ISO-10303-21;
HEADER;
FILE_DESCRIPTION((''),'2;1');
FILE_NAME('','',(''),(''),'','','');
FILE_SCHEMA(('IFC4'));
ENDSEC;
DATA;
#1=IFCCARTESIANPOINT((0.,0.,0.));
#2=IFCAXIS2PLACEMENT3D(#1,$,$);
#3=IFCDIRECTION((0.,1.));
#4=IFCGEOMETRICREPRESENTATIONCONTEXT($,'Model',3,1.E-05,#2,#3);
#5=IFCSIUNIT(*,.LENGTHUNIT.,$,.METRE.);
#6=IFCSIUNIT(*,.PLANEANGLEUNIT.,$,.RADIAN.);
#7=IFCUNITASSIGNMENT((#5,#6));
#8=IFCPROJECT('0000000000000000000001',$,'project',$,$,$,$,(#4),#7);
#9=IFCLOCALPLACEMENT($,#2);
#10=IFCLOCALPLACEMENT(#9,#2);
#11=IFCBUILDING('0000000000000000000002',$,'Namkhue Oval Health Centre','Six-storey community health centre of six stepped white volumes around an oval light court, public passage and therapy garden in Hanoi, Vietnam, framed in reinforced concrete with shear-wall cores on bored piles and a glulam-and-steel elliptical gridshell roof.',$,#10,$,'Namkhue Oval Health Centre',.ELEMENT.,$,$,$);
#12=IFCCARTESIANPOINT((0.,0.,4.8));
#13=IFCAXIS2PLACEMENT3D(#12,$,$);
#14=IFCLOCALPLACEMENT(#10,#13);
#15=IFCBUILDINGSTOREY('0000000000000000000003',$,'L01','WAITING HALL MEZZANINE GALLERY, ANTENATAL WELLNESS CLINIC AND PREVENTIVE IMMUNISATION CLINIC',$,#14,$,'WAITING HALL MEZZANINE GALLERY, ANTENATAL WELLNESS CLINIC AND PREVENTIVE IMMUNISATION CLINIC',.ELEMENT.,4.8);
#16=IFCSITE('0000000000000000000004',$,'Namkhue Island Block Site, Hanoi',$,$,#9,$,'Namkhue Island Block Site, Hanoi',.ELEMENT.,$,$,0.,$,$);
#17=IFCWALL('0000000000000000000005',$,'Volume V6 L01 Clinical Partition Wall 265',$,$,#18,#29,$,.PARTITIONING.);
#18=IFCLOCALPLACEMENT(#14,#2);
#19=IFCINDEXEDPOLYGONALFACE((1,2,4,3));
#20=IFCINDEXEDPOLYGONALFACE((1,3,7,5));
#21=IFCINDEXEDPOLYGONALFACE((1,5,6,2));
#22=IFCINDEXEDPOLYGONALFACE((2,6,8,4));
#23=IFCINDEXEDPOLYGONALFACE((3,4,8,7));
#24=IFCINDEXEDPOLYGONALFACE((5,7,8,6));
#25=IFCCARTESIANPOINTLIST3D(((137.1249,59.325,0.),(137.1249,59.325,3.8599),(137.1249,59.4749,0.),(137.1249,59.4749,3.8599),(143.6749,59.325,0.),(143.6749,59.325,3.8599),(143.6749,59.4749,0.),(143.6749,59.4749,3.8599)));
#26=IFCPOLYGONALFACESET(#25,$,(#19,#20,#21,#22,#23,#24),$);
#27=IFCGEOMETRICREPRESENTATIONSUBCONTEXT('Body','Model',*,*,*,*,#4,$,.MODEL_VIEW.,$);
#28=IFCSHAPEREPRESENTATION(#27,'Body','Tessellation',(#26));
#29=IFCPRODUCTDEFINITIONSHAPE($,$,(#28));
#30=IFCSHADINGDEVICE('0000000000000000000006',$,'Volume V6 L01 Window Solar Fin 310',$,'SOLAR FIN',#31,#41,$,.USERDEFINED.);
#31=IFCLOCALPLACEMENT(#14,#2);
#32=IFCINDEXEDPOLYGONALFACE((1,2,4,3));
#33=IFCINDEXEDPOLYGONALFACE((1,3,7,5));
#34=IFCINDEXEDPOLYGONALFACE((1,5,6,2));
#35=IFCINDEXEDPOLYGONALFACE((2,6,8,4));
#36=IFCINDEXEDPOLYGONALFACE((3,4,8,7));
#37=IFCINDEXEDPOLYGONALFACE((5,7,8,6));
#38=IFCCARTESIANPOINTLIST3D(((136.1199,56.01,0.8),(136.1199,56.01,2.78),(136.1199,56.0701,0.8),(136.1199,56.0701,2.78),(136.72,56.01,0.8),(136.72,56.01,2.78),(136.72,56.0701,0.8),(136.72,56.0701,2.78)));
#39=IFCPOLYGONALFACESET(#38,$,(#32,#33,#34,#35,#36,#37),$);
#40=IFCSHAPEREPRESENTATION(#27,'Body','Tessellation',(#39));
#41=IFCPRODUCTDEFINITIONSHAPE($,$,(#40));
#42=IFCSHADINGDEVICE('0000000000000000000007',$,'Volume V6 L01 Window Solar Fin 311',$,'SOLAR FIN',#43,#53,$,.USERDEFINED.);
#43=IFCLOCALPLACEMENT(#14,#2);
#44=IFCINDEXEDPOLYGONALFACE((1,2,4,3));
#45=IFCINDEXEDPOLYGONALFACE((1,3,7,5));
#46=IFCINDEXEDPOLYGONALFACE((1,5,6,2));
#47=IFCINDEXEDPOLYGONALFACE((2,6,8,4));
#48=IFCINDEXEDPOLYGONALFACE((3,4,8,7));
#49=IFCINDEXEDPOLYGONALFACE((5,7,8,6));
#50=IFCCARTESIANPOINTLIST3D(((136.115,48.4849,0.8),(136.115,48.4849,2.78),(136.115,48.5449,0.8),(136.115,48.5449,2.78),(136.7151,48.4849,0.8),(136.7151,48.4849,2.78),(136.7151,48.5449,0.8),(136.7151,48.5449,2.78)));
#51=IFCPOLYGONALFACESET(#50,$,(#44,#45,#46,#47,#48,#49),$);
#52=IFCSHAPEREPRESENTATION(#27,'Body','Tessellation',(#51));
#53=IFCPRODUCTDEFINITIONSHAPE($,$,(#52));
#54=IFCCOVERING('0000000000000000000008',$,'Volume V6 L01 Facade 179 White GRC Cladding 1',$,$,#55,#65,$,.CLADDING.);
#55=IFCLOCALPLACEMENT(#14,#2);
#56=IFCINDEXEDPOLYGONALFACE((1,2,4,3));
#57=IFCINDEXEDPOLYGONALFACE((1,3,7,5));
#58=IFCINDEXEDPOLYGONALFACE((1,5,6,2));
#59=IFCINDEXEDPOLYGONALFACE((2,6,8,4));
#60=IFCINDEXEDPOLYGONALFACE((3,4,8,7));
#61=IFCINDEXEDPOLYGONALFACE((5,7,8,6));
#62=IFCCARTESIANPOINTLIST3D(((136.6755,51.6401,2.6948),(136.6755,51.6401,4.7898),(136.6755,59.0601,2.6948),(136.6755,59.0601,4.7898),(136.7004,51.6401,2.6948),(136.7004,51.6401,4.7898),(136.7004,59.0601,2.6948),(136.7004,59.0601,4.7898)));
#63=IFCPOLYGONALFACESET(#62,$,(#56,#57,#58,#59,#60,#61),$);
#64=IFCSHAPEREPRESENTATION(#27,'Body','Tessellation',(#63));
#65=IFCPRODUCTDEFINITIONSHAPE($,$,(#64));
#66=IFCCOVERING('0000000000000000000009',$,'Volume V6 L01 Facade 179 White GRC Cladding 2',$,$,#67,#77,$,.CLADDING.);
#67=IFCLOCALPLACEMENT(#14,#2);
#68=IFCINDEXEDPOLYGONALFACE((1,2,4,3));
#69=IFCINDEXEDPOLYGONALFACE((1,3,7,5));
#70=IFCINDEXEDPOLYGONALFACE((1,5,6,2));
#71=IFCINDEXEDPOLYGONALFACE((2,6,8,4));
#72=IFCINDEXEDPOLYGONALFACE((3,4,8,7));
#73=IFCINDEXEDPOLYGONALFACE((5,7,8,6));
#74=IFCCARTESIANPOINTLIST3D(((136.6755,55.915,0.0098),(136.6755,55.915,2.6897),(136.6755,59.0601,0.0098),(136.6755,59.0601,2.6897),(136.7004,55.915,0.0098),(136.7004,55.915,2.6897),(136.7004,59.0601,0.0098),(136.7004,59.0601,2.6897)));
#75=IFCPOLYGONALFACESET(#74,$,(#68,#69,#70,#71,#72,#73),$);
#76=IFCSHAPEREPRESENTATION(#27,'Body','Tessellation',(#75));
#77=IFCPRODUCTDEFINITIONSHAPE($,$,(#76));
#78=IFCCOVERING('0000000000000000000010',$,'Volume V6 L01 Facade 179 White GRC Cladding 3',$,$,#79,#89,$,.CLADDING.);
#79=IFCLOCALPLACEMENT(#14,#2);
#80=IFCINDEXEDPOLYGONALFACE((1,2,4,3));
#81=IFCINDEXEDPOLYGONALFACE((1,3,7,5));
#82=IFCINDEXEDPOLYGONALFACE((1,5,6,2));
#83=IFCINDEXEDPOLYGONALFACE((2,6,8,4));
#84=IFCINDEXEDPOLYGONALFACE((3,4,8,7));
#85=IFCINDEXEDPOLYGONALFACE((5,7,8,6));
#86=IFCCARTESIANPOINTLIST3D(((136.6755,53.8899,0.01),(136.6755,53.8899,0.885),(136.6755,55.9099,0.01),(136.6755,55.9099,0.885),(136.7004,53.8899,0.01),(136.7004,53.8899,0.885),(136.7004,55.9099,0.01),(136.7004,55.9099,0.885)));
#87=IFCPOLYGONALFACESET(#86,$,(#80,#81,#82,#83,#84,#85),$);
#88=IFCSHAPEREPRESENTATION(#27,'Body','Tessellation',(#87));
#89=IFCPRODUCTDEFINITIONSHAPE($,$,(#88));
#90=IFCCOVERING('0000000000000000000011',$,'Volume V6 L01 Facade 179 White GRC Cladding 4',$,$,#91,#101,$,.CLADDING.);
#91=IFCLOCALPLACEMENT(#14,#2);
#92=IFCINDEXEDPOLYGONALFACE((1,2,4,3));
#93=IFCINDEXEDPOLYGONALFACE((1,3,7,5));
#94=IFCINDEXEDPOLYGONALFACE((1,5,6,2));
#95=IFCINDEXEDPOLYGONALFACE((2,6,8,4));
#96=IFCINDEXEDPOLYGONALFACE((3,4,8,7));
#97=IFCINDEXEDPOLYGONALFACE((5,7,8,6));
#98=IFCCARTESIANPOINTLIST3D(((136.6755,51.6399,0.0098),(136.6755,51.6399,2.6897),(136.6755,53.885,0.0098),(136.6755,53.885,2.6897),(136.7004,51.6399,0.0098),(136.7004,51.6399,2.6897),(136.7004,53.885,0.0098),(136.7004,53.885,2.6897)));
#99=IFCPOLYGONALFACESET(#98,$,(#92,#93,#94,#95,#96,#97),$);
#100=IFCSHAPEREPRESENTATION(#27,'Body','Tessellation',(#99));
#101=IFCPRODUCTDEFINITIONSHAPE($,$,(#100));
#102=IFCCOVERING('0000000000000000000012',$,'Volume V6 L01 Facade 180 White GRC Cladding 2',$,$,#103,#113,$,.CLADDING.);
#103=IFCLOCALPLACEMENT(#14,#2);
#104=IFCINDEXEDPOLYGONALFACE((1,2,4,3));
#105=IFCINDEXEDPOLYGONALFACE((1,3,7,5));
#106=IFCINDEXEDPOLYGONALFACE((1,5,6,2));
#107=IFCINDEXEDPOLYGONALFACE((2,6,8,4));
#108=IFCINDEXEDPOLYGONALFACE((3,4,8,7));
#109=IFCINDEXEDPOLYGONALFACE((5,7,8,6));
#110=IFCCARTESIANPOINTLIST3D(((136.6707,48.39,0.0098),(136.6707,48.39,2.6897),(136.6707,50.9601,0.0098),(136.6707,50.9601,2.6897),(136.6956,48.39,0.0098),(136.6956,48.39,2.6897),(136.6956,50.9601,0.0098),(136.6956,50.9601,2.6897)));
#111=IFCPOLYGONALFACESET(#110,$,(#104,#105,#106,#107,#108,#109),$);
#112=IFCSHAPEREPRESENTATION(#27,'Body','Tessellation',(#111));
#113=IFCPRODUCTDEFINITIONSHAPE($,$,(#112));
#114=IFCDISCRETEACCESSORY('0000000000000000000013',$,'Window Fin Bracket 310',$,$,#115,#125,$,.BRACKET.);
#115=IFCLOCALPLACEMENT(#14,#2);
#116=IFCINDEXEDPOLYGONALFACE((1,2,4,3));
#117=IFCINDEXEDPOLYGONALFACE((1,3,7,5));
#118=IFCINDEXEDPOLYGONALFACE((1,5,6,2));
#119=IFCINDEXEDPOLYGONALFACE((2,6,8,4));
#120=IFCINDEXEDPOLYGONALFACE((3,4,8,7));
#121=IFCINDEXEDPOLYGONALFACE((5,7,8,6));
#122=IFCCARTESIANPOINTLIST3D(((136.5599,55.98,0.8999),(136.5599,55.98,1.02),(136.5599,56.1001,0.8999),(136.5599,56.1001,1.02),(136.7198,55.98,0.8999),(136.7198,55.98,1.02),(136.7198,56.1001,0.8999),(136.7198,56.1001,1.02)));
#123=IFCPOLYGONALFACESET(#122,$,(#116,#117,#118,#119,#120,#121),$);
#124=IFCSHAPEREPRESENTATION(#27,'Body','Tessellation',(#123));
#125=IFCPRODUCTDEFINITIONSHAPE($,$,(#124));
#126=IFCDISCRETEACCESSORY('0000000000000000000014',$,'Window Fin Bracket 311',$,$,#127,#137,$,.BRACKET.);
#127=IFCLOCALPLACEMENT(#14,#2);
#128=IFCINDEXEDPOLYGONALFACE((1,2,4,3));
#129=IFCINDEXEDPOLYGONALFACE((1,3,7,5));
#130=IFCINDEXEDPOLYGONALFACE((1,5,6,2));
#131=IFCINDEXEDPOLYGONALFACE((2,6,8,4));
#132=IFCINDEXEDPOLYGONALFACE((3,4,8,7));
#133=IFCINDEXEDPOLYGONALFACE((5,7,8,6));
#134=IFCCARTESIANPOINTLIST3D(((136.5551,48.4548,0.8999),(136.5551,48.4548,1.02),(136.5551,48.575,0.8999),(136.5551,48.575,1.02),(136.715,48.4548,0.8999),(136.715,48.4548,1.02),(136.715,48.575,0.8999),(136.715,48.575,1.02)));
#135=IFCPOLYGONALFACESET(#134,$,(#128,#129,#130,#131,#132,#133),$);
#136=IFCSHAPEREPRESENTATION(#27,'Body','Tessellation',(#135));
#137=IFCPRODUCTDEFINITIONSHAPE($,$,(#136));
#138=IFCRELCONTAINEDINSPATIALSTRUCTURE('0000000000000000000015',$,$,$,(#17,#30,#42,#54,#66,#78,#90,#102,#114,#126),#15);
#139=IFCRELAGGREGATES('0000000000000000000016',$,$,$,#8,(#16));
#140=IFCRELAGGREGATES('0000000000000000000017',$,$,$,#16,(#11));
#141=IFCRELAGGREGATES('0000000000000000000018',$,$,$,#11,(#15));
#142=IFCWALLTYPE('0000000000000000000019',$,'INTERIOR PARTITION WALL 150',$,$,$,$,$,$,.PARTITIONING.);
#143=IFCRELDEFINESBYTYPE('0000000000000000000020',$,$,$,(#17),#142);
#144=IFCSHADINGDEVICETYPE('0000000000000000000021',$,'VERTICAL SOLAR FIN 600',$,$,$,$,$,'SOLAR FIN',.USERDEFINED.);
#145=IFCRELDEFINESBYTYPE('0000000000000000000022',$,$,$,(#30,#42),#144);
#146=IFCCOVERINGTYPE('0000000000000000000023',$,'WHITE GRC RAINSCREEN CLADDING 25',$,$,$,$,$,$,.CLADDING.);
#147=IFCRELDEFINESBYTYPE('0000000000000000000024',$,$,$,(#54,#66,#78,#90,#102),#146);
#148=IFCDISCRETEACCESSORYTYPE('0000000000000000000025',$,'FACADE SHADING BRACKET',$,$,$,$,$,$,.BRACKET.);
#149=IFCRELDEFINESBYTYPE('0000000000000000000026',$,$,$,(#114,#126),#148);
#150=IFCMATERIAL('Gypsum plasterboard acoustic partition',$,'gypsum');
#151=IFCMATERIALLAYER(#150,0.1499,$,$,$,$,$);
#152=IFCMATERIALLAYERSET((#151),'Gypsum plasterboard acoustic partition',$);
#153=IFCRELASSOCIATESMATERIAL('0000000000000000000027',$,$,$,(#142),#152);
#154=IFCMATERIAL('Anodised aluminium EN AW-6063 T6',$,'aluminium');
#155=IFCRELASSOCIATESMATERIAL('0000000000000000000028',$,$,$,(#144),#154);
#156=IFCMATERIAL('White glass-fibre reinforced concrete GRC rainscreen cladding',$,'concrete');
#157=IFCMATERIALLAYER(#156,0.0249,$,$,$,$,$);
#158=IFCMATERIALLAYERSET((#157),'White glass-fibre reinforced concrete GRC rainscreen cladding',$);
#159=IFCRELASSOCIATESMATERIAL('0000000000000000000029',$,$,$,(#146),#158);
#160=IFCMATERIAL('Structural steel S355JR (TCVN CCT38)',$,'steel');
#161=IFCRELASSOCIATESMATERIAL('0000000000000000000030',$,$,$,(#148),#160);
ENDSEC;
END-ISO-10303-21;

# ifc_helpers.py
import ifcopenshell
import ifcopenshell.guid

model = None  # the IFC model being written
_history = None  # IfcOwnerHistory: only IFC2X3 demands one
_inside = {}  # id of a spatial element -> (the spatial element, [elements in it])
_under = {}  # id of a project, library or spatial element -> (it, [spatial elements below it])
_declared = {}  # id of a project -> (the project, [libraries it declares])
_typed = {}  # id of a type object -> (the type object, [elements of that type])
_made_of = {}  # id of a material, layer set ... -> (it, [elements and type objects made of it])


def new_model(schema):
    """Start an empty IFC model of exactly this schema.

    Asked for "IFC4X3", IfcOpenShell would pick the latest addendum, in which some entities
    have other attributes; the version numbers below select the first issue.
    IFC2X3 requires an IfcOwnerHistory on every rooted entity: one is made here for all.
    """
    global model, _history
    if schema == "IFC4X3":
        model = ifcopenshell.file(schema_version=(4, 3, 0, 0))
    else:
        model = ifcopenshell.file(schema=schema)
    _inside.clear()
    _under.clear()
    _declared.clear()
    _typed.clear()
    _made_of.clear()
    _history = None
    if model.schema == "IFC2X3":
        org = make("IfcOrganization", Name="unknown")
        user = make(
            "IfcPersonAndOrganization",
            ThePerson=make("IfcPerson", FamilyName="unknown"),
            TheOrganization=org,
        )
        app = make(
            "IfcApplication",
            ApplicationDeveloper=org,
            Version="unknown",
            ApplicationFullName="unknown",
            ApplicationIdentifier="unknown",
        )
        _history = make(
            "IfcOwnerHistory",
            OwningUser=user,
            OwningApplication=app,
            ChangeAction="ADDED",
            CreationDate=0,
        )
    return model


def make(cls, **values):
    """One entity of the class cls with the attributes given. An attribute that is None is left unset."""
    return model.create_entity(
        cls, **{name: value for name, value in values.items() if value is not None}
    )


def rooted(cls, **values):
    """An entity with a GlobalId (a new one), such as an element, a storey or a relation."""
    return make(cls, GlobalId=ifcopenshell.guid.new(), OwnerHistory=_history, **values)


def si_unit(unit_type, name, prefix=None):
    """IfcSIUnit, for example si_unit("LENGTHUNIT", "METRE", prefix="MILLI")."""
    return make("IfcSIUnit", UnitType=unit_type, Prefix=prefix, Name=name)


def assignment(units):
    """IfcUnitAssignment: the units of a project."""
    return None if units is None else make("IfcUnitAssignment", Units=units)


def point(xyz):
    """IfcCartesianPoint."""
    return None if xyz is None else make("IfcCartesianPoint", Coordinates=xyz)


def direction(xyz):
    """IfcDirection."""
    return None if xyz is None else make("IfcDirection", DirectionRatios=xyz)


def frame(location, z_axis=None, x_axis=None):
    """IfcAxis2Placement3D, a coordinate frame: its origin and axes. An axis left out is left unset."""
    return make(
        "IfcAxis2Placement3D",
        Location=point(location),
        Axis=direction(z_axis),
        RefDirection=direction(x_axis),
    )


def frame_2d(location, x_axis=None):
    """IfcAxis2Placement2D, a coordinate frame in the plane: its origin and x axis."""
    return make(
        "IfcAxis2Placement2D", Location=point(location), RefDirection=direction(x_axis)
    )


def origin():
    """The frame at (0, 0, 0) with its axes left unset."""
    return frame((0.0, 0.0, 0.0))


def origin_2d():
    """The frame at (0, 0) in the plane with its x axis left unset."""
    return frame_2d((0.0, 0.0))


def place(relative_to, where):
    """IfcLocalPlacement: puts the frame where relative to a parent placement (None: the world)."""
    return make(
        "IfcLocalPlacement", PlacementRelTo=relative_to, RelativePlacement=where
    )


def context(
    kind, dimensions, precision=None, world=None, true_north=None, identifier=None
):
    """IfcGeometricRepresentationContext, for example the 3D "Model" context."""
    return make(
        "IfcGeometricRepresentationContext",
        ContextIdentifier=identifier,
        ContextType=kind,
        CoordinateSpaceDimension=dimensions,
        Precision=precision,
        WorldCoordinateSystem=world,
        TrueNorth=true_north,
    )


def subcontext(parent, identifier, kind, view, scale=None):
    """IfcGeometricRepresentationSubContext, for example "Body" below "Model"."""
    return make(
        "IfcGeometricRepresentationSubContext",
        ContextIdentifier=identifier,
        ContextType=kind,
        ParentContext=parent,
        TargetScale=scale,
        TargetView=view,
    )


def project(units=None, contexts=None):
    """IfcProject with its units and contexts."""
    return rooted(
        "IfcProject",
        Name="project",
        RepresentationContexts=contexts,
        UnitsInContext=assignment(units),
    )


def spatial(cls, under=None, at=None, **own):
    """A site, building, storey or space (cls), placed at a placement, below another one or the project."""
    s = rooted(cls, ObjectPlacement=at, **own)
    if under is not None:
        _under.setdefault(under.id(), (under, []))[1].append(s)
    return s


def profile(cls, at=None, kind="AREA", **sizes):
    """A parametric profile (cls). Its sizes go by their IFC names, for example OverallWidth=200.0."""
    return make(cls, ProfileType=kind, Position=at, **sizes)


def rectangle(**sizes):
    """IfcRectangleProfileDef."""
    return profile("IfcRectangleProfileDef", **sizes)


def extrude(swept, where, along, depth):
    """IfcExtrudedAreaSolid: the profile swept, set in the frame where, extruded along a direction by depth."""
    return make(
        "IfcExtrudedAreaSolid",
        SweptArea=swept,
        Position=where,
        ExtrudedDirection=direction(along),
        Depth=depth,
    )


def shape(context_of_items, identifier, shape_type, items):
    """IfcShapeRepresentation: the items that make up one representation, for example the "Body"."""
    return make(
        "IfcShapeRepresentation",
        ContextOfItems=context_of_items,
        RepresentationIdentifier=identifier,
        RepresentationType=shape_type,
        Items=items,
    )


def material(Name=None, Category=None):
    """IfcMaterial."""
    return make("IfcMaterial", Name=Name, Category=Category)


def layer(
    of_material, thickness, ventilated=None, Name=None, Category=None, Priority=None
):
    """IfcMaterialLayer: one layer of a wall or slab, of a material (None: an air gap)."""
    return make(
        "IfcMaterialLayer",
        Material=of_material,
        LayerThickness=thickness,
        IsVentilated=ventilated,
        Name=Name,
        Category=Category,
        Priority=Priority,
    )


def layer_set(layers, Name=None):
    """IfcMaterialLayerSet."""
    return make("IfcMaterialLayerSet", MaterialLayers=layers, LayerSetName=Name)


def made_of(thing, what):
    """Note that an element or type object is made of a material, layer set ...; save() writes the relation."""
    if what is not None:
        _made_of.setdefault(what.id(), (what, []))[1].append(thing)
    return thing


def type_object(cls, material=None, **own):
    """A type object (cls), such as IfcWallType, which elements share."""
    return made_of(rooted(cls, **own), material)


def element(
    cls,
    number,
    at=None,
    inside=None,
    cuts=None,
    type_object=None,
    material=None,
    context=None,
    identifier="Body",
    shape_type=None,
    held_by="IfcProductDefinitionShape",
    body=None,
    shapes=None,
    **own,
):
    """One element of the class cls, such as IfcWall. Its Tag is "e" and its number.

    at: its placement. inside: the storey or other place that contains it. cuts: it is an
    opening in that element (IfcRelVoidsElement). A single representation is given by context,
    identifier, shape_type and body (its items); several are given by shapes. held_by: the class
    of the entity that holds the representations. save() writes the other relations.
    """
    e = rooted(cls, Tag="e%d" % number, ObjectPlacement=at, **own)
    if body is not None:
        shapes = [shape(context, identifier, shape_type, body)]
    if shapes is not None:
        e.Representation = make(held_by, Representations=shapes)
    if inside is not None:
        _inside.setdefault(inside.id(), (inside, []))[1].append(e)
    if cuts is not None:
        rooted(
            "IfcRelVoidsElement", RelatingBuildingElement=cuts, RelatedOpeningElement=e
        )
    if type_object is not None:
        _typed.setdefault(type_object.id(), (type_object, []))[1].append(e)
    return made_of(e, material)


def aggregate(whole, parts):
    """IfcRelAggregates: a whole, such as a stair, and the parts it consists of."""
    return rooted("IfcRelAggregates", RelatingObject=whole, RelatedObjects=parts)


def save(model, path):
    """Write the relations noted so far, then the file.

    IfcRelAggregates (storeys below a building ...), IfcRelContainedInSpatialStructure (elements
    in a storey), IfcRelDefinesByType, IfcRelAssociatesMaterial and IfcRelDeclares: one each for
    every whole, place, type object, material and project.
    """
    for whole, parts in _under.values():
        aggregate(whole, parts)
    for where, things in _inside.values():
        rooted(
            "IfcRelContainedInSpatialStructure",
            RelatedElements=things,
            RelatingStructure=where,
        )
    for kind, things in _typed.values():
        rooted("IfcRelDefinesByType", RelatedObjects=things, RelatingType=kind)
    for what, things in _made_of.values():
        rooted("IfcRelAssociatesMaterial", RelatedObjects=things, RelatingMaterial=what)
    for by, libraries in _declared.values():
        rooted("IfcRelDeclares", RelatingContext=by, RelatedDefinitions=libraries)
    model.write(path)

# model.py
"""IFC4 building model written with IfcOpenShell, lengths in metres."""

from ifc_helpers import new_model, si_unit, direction, frame, frame_2d, origin, origin_2d, place, context, subcontext, project, spatial, rectangle, extrude, material, layer, layer_set, type_object, element, save


model = new_model("IFC4")

# Units and contexts
model_context = context("Model", 3, precision=1e-05, world=origin(), true_north=direction((0.0, 1.0)))
body_context = subcontext(model_context, "Body", "Model", "MODEL_VIEW")
ifc_project = project(units=[si_unit("LENGTHUNIT", "METRE"), si_unit("PLANEANGLEUNIT", "RADIAN")], contexts=[model_context])

# Site, building, storey
site_placement = place(None, origin())
site = spatial("IfcSite", under=ifc_project, at=site_placement, Name="Namkhue Island Block Site, Hanoi", LongName="Namkhue Island Block Site, Hanoi", CompositionType="ELEMENT", RefElevation=0.0)
building_placement = place(site_placement, origin())
building = spatial("IfcBuilding", under=site, at=building_placement, Name="Namkhue Oval Health Centre", Description="Six-storey community health centre of six stepped white volumes around an oval light court, public passage and therapy garden in Hanoi, Vietnam, framed in reinforced concrete with shear-wall cores on bored piles and a glulam-and-steel elliptical gridshell roof.", LongName="Namkhue Oval Health Centre", CompositionType="ELEMENT")
storey_placement = place(building_placement, frame((0.0, 0.0, 4.8)))
storey = spatial("IfcBuildingStorey", under=building, at=storey_placement, Name="L01", Description="WAITING HALL MEZZANINE GALLERY, ANTENATAL WELLNESS CLINIC AND PREVENTIVE IMMUNISATION CLINIC", LongName="WAITING HALL MEZZANINE GALLERY, ANTENATAL WELLNESS CLINIC AND PREVENTIVE IMMUNISATION CLINIC", CompositionType="ELEMENT", Elevation=4.8)

# Wall
ifc_material_1 = material(Name="Gypsum plasterboard acoustic partition", Category="gypsum")
ifc_layer_1 = layer(ifc_material_1, 0.1499)
ifc_layer_set_1 = layer_set([ifc_layer_1], Name="Gypsum plasterboard acoustic partition")
wall_type_1 = type_object("IfcWallType", Name="INTERIOR PARTITION WALL 150", PredefinedType="PARTITIONING", material=ifc_layer_set_1)
wall_1_placement = place(storey_placement, frame((137.125, 59.3999, 0.0), z_axis=(0.0, 0.0, 1.0), x_axis=(1.0, 0.0, 0.0)))
element("IfcWall", 1, at=wall_1_placement, inside=storey, type_object=wall_type_1, Name="Volume V6 L01 Clinical Partition Wall 265", PredefinedType="PARTITIONING", context=body_context, shape_type="SweptSolid", body=[
    extrude(rectangle(XDim=6.55, YDim=0.1499, at=frame_2d((3.2749, 0.0))), origin(), (0.0, 0.0, 1.0), 3.8599),
])

# Shading devices
ifc_material_2 = material(Name="Anodised aluminium EN AW-6063 T6", Category="aluminium")
shading_device_type = type_object("IfcShadingDeviceType", Name="VERTICAL SOLAR FIN 600", ElementType="SOLAR FIN", PredefinedType="USERDEFINED", material=ifc_material_2)
for number, where, z_axis, x_axis, name in (
    (2, (136.4199, 56.04, 0.8), (0.0, 0.0, 1.0), (-1.0, 0.0, 0.0), "Volume V6 L01 Window Solar Fin 310"),
    (3, (136.415, 48.5149, 0.8), (0.0, 0.0, 1.0), (-1.0, 0.0, 0.0), "Volume V6 L01 Window Solar Fin 311"),
):
    element("IfcShadingDevice", number, at=place(storey_placement, frame(where, z_axis=z_axis, x_axis=x_axis)), inside=storey, type_object=shading_device_type, Name=name, ObjectType="SOLAR FIN", PredefinedType="USERDEFINED", context=body_context, shape_type="SweptSolid", body=[
        extrude(rectangle(XDim=0.6001, YDim=0.0601, at=origin_2d()), origin(), (0.0, 0.0, 1.0), 1.98),
    ])

# Coverings
ifc_material_3 = material(Name="White glass-fibre reinforced concrete GRC rainscreen cladding", Category="concrete")
ifc_layer_2 = layer(ifc_material_3, 0.0249)
ifc_layer_set_2 = layer_set([ifc_layer_2], Name="White glass-fibre reinforced concrete GRC rainscreen cladding")
covering_type = type_object("IfcCoveringType", Name="WHITE GRC RAINSCREEN CLADDING 25", PredefinedType="CLADDING", material=ifc_layer_set_2)
covering_1_placement = place(storey_placement, frame((136.688, 55.3501, 2.6948), z_axis=(0.0, 0.0, 1.0), x_axis=(0.0, -1.0, 0.0)))
element("IfcCovering", 4, at=covering_1_placement, inside=storey, type_object=covering_type, Name="Volume V6 L01 Facade 179 White GRC Cladding 1", PredefinedType="CLADDING", context=body_context, shape_type="SweptSolid", body=[
    extrude(rectangle(XDim=7.4199, YDim=0.0249, at=origin_2d()), origin(), (0.0, 0.0, 1.0), 2.095),
])
covering_2_placement = place(storey_placement, frame((136.688, 57.4875, 0.0098), z_axis=(0.0, 0.0, 1.0), x_axis=(0.0, -1.0, 0.0)))
element("IfcCovering", 5, at=covering_2_placement, inside=storey, type_object=covering_type, Name="Volume V6 L01 Facade 179 White GRC Cladding 2", PredefinedType="CLADDING", context=body_context, shape_type="SweptSolid", body=[
    extrude(rectangle(XDim=3.145, YDim=0.0249, at=origin_2d()), origin(), (0.0, 0.0, 1.0), 2.6799),
])
covering_3_placement = place(storey_placement, frame((136.688, 54.8999, 0.01), z_axis=(0.0, 0.0, 1.0), x_axis=(0.0, -1.0, 0.0)))
element("IfcCovering", 6, at=covering_3_placement, inside=storey, type_object=covering_type, Name="Volume V6 L01 Facade 179 White GRC Cladding 3", PredefinedType="CLADDING", context=body_context, shape_type="SweptSolid", body=[
    extrude(rectangle(XDim=2.02, YDim=0.0249, at=origin_2d()), origin(), (0.0, 0.0, 1.0), 0.875),
])
covering_4_placement = place(storey_placement, frame((136.688, 52.7625, 0.0098), z_axis=(0.0, 0.0, 1.0), x_axis=(0.0, -1.0, 0.0)))
element("IfcCovering", 7, at=covering_4_placement, inside=storey, type_object=covering_type, Name="Volume V6 L01 Facade 179 White GRC Cladding 4", PredefinedType="CLADDING", context=body_context, shape_type="SweptSolid", body=[
    extrude(rectangle(XDim=2.2451, YDim=0.0249, at=origin_2d()), origin(), (0.0, 0.0, 1.0), 2.6799),
])
covering_5_placement = place(storey_placement, frame((136.6831, 49.675, 0.0098), z_axis=(0.0, 0.0, 1.0), x_axis=(0.0, -1.0, 0.0)))
element("IfcCovering", 8, at=covering_5_placement, inside=storey, type_object=covering_type, Name="Volume V6 L01 Facade 180 White GRC Cladding 2", PredefinedType="CLADDING", context=body_context, shape_type="SweptSolid", body=[
    extrude(rectangle(XDim=2.5701, YDim=0.0249, at=origin_2d()), origin(), (0.0, 0.0, 1.0), 2.6799),
])

# Discrete accessories
ifc_material_4 = material(Name="Structural steel S355JR (TCVN CCT38)", Category="steel")
discrete_accessory_type = type_object("IfcDiscreteAccessoryType", Name="FACADE SHADING BRACKET", PredefinedType="BRACKET", material=ifc_material_4)
for number, where, z_axis, x_axis, name in (
    (9, (136.6399, 56.04, 0.8999), (0.0, 0.0, 1.0), (-1.0, 0.0, 0.0), "Window Fin Bracket 310"),
    (10, (136.635, 48.5149, 0.8999), (0.0, 0.0, 1.0), (-1.0, 0.0, 0.0), "Window Fin Bracket 311"),
):
    element("IfcDiscreteAccessory", number, at=place(storey_placement, frame(where, z_axis=z_axis, x_axis=x_axis)), inside=storey, type_object=discrete_accessory_type, Name=name, PredefinedType="BRACKET", context=body_context, shape_type="SweptSolid", body=[
        extrude(rectangle(XDim=0.1599, YDim=0.1201, at=origin_2d()), origin(), (0.0, 0.0, 1.0), 0.1201),
    ])

save(model, "model.ifc")
